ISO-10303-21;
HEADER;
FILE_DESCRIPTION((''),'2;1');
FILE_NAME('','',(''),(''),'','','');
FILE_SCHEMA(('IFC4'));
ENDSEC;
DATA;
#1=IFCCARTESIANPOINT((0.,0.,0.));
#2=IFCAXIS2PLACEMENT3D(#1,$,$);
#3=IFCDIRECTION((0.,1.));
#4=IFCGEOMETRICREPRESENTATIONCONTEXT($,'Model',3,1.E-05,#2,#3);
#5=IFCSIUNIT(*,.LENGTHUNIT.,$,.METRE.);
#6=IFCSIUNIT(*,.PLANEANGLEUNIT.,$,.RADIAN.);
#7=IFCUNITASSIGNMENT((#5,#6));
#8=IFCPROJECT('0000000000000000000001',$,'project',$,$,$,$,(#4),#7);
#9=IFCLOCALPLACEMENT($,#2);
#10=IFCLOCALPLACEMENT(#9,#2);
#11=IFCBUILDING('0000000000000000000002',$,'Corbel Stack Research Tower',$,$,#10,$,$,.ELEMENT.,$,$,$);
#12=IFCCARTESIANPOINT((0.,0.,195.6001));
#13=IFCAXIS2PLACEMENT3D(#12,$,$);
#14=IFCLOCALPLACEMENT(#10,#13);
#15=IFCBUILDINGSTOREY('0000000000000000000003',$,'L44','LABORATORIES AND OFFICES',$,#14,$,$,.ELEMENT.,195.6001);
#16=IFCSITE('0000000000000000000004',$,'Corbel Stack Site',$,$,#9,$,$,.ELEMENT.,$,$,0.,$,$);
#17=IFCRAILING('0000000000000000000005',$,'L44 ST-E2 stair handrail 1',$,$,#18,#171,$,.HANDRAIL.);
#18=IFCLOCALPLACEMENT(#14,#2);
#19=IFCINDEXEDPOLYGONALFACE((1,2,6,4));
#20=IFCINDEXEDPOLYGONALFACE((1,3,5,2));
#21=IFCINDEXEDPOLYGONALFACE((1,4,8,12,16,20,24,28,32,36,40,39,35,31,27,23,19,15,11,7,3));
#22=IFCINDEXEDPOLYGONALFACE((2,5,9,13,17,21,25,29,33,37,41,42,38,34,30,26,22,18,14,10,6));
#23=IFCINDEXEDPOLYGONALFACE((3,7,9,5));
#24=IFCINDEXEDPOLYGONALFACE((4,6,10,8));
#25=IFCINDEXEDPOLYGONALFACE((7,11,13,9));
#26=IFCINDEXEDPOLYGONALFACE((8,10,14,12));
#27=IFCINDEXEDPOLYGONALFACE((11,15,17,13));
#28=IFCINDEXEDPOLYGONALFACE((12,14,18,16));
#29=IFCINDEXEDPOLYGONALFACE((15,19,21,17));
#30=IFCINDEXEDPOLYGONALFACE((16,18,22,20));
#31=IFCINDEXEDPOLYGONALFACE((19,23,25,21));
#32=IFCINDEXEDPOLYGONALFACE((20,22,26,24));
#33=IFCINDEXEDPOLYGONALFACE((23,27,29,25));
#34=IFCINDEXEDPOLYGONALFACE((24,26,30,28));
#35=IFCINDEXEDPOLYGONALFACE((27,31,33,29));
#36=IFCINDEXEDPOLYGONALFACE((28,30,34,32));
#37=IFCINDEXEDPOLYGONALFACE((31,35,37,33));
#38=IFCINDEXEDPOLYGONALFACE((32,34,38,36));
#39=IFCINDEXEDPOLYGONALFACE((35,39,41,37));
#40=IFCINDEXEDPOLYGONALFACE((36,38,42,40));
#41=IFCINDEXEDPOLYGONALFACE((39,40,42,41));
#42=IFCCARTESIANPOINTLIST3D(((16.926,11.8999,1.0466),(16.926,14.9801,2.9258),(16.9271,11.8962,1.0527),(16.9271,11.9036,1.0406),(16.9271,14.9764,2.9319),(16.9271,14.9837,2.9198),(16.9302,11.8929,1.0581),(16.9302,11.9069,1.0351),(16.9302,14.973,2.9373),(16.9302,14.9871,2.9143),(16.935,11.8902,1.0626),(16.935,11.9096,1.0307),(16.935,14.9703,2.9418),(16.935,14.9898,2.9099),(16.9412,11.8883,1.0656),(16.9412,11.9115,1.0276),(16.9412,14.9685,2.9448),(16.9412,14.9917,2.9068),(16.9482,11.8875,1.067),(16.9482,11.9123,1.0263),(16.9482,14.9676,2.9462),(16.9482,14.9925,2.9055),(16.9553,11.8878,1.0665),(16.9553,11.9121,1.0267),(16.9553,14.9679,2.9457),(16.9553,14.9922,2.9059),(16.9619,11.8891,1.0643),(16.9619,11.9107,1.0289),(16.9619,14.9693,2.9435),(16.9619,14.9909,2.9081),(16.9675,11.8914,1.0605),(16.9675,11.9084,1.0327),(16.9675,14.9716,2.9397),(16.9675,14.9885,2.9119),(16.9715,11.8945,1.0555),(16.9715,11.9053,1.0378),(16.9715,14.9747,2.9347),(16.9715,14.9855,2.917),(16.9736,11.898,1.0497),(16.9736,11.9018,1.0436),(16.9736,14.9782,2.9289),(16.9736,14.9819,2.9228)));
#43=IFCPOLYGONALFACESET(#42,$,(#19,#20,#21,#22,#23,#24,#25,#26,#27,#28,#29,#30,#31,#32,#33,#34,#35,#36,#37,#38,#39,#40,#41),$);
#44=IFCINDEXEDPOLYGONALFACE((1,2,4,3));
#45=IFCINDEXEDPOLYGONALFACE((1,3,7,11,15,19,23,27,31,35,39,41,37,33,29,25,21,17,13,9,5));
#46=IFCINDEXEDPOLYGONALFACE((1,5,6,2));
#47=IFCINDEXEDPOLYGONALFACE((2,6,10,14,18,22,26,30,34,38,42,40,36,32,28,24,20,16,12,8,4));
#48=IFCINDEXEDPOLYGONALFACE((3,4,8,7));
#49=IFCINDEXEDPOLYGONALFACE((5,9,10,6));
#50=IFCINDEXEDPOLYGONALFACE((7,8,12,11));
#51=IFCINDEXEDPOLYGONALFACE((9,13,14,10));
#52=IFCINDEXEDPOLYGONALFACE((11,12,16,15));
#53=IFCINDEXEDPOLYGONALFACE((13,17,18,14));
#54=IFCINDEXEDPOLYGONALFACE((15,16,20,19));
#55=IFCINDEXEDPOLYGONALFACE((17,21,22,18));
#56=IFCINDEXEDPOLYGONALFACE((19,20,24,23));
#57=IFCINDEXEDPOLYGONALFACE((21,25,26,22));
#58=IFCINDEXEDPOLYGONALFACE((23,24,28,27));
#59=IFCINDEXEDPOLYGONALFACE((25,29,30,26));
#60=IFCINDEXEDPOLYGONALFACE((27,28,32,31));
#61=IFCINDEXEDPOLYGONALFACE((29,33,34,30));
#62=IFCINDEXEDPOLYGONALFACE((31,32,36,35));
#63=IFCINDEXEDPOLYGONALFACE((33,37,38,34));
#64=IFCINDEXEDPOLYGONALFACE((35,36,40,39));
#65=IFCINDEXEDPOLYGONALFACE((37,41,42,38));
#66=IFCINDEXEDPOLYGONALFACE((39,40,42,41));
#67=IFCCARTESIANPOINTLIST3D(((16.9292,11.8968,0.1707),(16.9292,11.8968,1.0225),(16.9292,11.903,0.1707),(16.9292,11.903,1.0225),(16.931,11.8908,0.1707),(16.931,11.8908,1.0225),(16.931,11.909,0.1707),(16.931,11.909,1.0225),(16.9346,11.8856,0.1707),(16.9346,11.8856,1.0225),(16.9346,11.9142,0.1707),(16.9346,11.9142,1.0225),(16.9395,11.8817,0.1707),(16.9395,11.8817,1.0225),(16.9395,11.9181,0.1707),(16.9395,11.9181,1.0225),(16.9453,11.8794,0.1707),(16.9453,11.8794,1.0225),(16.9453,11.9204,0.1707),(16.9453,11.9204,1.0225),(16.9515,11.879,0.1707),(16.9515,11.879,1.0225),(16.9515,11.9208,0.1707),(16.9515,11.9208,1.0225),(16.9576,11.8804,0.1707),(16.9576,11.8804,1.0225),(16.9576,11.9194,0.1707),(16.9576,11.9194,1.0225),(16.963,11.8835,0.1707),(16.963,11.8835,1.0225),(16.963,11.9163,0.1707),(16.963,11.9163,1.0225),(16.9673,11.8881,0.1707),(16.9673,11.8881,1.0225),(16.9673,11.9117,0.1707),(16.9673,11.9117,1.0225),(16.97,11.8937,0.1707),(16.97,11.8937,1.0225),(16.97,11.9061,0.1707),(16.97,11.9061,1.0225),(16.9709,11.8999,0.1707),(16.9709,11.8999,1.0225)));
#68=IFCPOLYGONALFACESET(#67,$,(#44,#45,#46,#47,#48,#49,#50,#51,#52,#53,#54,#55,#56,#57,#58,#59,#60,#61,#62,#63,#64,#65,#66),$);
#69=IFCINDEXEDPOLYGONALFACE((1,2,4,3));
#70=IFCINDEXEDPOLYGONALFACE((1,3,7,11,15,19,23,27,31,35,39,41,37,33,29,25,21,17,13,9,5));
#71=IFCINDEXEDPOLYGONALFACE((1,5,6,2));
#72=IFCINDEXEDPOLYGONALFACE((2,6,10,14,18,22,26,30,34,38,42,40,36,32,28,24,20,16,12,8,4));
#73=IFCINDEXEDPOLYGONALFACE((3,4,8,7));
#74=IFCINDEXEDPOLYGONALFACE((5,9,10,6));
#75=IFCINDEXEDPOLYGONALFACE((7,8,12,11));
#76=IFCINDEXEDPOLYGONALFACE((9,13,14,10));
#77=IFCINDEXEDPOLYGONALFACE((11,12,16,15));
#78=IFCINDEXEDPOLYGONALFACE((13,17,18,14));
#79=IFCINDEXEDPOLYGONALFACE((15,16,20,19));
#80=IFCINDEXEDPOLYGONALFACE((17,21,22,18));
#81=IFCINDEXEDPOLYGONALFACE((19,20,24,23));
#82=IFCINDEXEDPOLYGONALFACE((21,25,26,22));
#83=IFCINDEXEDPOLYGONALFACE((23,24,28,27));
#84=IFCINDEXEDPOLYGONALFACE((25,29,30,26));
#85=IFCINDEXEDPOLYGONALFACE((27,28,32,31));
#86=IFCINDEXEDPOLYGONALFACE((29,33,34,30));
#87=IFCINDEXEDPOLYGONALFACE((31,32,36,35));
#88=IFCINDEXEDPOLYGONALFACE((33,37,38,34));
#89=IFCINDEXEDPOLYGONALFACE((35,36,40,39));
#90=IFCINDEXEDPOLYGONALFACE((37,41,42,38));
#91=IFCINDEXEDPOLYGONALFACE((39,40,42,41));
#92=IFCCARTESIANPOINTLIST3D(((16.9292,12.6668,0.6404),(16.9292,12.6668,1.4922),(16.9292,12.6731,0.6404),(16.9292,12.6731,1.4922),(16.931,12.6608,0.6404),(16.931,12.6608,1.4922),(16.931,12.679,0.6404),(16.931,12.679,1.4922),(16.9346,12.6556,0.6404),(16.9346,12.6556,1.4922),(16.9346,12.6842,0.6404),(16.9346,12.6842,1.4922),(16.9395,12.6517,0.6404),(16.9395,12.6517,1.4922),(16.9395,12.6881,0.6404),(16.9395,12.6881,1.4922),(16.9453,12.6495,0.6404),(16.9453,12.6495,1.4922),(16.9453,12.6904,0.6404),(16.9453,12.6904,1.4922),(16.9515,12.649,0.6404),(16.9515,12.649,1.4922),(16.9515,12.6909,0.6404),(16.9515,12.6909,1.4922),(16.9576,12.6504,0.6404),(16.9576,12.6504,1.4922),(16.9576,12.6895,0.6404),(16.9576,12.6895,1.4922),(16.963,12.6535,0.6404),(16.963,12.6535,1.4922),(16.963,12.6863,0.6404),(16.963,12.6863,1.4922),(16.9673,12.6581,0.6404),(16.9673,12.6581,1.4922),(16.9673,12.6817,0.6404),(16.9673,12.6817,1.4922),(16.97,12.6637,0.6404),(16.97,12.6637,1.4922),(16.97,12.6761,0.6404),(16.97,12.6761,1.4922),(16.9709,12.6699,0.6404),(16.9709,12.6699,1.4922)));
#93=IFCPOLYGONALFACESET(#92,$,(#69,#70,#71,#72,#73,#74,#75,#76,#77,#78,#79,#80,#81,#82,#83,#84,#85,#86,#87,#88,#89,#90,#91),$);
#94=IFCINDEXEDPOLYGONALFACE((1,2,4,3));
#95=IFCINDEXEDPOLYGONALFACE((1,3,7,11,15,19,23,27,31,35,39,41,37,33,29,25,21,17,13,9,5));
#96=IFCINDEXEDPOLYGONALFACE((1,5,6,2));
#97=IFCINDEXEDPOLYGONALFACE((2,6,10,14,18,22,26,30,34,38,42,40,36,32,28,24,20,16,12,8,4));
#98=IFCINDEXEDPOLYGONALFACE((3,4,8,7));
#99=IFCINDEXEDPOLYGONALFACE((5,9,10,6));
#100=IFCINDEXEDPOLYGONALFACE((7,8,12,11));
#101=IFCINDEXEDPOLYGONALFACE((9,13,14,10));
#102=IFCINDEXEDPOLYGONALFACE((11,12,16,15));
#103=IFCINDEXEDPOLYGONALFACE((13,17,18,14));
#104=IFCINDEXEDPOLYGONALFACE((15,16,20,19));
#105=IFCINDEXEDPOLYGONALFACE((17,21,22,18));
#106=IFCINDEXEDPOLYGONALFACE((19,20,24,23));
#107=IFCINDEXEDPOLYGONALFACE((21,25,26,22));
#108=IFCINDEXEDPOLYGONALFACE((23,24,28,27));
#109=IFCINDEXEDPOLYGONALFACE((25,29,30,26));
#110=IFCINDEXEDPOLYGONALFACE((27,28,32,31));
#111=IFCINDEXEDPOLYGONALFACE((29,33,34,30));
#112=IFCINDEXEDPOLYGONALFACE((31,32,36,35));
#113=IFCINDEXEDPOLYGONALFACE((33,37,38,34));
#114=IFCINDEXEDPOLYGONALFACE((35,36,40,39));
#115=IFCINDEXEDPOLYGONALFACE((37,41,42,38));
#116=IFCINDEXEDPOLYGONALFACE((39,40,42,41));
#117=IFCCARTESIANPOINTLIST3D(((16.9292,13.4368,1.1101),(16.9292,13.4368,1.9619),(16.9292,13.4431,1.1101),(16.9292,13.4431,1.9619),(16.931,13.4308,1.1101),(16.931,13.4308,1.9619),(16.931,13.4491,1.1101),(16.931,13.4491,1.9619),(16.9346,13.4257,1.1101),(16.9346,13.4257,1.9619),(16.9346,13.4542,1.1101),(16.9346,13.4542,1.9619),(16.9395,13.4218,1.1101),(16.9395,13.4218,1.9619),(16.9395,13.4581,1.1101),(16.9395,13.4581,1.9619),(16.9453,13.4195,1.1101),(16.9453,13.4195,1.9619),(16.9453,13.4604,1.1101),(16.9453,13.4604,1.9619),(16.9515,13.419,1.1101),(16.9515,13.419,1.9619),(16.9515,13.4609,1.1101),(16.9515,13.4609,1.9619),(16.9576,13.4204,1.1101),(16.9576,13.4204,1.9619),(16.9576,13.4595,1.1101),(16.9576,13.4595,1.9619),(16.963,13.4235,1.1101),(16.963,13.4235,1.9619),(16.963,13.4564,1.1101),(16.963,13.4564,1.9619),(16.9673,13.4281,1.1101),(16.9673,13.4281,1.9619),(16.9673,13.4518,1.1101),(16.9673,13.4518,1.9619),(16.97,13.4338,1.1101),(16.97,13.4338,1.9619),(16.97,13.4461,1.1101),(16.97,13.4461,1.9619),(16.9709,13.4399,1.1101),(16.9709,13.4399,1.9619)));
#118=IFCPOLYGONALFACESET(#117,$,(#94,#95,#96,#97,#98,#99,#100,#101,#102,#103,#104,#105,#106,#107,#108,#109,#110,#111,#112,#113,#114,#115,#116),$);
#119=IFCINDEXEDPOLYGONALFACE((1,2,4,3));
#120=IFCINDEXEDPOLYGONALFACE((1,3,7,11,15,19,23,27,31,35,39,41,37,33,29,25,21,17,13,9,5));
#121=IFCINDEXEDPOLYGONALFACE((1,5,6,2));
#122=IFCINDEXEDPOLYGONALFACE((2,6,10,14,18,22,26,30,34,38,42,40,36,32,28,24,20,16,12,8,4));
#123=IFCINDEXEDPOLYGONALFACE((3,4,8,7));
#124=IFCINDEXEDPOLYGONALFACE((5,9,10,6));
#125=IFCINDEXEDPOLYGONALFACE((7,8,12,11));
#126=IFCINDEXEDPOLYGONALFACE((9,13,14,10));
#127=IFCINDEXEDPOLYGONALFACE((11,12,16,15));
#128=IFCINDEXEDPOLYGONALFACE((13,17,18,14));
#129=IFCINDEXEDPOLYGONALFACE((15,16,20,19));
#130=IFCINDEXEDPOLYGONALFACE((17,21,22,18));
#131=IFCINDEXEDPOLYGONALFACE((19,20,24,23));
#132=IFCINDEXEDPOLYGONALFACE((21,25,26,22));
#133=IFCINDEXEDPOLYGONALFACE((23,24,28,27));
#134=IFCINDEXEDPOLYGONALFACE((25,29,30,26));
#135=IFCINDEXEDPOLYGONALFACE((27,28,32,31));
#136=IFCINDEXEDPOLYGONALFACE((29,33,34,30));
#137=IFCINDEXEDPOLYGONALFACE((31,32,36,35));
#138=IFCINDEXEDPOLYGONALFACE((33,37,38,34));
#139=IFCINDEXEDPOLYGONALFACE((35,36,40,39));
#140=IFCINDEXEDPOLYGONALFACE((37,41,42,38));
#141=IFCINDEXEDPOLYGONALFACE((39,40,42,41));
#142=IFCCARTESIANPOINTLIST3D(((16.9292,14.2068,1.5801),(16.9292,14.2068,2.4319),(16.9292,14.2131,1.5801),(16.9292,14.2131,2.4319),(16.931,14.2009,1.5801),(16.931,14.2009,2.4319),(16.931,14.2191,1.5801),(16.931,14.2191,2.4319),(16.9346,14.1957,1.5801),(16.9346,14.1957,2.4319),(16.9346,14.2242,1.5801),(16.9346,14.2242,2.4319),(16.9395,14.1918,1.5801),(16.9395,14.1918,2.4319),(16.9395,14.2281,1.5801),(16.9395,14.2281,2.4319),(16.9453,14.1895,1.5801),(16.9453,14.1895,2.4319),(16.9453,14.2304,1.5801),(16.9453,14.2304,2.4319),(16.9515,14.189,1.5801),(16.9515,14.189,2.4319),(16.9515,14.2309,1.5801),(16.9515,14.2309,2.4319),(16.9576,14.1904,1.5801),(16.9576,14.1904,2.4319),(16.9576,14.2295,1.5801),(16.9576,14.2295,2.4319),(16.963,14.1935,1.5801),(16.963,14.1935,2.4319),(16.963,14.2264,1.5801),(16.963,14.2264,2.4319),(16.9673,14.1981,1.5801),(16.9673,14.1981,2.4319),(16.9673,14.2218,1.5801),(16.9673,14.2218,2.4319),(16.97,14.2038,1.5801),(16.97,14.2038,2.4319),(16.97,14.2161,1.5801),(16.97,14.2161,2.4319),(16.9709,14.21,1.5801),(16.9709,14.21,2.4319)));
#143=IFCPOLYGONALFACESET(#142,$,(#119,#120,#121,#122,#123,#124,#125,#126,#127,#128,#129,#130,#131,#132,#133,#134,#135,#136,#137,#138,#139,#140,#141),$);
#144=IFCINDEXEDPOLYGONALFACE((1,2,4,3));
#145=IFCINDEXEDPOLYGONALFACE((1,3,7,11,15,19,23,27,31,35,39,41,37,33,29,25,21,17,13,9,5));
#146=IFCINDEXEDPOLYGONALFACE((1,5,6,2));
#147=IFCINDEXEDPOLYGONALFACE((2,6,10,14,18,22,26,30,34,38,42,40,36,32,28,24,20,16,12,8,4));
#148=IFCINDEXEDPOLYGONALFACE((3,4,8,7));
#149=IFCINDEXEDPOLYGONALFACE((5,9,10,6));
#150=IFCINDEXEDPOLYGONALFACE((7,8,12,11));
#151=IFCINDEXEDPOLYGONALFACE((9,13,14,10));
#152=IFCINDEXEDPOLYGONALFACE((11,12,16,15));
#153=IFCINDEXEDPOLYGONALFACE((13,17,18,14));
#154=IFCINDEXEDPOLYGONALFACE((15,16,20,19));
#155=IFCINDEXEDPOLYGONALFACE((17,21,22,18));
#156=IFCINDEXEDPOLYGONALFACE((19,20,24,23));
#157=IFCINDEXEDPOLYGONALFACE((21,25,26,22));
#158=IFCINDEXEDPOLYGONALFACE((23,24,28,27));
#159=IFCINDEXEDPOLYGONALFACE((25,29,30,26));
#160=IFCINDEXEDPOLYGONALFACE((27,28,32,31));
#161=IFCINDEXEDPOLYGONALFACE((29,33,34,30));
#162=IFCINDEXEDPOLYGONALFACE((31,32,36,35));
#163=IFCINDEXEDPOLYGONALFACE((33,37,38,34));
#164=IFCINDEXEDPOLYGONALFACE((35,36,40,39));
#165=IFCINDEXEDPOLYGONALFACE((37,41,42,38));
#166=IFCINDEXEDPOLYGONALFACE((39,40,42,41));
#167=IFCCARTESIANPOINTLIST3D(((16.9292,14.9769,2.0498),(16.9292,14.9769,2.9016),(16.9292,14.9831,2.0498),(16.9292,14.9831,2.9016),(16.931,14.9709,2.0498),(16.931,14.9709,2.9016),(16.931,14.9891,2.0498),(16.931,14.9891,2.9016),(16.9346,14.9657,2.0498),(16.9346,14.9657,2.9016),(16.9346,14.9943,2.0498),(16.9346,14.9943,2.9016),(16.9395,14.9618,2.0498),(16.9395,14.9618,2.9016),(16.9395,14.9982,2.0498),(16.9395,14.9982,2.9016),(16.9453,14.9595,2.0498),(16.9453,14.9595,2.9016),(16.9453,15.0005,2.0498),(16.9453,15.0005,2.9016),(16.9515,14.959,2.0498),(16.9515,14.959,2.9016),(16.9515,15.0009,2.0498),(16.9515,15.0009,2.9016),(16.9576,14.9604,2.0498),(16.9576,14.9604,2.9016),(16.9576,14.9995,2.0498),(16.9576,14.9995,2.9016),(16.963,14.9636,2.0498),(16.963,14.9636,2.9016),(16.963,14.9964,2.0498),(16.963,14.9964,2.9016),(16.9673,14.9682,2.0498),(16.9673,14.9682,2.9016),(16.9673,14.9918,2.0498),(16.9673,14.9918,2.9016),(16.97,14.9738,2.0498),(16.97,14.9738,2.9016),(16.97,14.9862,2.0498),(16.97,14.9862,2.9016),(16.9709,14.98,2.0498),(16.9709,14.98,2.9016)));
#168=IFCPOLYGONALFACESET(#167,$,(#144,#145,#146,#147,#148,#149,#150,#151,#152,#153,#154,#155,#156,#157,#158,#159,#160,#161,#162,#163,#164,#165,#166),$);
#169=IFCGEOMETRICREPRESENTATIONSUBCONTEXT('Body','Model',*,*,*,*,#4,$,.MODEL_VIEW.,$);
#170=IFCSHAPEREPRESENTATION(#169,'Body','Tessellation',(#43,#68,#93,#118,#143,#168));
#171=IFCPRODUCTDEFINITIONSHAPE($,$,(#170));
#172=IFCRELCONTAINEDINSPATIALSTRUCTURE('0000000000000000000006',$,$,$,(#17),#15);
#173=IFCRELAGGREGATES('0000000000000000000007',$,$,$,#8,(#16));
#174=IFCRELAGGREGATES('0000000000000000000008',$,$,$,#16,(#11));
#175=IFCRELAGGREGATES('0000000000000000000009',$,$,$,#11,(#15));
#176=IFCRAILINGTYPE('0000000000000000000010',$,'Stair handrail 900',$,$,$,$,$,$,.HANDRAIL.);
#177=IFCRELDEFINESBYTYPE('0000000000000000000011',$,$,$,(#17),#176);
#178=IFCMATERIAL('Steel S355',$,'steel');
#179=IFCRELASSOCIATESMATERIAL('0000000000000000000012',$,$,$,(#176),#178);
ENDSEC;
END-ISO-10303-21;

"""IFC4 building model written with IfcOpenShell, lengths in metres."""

from ifc_helpers import new_model, si_unit, direction, frame, origin, origin_2d, place, context, subcontext, project, spatial, circle, extrude, material, type_object, element, save


model = new_model("IFC4")

# Units and contexts
model_context = context("Model", 3, precision=1e-05, world=origin(), true_north=direction((0.0, 1.0)))
body_context = subcontext(model_context, "Body", "Model", "MODEL_VIEW")
ifc_project = project(units=[si_unit("LENGTHUNIT", "METRE"), si_unit("PLANEANGLEUNIT", "RADIAN")], contexts=[model_context])

# Site, building, storey
site_placement = place(None, origin())
site = spatial("IfcSite", under=ifc_project, at=site_placement, Name="Corbel Stack Site", CompositionType="ELEMENT", RefElevation=0.0)
building_placement = place(site_placement, origin())
building = spatial("IfcBuilding", under=site, at=building_placement, Name="Corbel Stack Research Tower", CompositionType="ELEMENT")
storey_placement = place(building_placement, frame((0.0, 0.0, 195.6001)))
storey = spatial("IfcBuildingStorey", under=building, at=storey_placement, Name="L44", Description="LABORATORIES AND OFFICES", CompositionType="ELEMENT", Elevation=195.6001)

# Railing
ifc_material_1 = material(Name="Steel S355", Category="steel")
railing_type_1 = type_object("IfcRailingType", Name="Stair handrail 900", PredefinedType="HANDRAIL", material=ifc_material_1)
railing_1_placement = place(storey_placement, frame((16.95, 11.8999, 0.1707)))
element("IfcRailing", 1, at=railing_1_placement, inside=storey, type_object=railing_type_1, Name="L44 ST-E2 stair handrail 1", PredefinedType="HANDRAIL", context=body_context, shape_type="SweptSolid", body=[
    extrude(circle(Radius=0.0239, at=origin_2d()), frame((0.0, 0.0, 0.876), z_axis=(0.0, 0.853666, 0.52082), x_axis=(-1.0, 0.0, 0.0)), (0.0, 0.0, 1.0), 3.6082),
    extrude(circle(Radius=0.021, at=origin_2d()), origin(), (0.0, 0.0, 1.0), 0.8518),
    extrude(circle(Radius=0.021, at=origin_2d()), frame((0.0, 0.77, 0.4697)), (0.0, 0.0, 1.0), 0.8518),
    extrude(circle(Radius=0.021, at=origin_2d()), frame((0.0, 1.54, 0.9395)), (0.0, 0.0, 1.0), 0.8518),
    extrude(circle(Radius=0.021, at=origin_2d()), frame((0.0, 2.3101, 1.4094)), (0.0, 0.0, 1.0), 0.8518),
    extrude(circle(Radius=0.021, at=origin_2d()), frame((0.0, 3.0801, 1.8792)), (0.0, 0.0, 1.0), 0.8518),
])

save(model, "model.ifc")
